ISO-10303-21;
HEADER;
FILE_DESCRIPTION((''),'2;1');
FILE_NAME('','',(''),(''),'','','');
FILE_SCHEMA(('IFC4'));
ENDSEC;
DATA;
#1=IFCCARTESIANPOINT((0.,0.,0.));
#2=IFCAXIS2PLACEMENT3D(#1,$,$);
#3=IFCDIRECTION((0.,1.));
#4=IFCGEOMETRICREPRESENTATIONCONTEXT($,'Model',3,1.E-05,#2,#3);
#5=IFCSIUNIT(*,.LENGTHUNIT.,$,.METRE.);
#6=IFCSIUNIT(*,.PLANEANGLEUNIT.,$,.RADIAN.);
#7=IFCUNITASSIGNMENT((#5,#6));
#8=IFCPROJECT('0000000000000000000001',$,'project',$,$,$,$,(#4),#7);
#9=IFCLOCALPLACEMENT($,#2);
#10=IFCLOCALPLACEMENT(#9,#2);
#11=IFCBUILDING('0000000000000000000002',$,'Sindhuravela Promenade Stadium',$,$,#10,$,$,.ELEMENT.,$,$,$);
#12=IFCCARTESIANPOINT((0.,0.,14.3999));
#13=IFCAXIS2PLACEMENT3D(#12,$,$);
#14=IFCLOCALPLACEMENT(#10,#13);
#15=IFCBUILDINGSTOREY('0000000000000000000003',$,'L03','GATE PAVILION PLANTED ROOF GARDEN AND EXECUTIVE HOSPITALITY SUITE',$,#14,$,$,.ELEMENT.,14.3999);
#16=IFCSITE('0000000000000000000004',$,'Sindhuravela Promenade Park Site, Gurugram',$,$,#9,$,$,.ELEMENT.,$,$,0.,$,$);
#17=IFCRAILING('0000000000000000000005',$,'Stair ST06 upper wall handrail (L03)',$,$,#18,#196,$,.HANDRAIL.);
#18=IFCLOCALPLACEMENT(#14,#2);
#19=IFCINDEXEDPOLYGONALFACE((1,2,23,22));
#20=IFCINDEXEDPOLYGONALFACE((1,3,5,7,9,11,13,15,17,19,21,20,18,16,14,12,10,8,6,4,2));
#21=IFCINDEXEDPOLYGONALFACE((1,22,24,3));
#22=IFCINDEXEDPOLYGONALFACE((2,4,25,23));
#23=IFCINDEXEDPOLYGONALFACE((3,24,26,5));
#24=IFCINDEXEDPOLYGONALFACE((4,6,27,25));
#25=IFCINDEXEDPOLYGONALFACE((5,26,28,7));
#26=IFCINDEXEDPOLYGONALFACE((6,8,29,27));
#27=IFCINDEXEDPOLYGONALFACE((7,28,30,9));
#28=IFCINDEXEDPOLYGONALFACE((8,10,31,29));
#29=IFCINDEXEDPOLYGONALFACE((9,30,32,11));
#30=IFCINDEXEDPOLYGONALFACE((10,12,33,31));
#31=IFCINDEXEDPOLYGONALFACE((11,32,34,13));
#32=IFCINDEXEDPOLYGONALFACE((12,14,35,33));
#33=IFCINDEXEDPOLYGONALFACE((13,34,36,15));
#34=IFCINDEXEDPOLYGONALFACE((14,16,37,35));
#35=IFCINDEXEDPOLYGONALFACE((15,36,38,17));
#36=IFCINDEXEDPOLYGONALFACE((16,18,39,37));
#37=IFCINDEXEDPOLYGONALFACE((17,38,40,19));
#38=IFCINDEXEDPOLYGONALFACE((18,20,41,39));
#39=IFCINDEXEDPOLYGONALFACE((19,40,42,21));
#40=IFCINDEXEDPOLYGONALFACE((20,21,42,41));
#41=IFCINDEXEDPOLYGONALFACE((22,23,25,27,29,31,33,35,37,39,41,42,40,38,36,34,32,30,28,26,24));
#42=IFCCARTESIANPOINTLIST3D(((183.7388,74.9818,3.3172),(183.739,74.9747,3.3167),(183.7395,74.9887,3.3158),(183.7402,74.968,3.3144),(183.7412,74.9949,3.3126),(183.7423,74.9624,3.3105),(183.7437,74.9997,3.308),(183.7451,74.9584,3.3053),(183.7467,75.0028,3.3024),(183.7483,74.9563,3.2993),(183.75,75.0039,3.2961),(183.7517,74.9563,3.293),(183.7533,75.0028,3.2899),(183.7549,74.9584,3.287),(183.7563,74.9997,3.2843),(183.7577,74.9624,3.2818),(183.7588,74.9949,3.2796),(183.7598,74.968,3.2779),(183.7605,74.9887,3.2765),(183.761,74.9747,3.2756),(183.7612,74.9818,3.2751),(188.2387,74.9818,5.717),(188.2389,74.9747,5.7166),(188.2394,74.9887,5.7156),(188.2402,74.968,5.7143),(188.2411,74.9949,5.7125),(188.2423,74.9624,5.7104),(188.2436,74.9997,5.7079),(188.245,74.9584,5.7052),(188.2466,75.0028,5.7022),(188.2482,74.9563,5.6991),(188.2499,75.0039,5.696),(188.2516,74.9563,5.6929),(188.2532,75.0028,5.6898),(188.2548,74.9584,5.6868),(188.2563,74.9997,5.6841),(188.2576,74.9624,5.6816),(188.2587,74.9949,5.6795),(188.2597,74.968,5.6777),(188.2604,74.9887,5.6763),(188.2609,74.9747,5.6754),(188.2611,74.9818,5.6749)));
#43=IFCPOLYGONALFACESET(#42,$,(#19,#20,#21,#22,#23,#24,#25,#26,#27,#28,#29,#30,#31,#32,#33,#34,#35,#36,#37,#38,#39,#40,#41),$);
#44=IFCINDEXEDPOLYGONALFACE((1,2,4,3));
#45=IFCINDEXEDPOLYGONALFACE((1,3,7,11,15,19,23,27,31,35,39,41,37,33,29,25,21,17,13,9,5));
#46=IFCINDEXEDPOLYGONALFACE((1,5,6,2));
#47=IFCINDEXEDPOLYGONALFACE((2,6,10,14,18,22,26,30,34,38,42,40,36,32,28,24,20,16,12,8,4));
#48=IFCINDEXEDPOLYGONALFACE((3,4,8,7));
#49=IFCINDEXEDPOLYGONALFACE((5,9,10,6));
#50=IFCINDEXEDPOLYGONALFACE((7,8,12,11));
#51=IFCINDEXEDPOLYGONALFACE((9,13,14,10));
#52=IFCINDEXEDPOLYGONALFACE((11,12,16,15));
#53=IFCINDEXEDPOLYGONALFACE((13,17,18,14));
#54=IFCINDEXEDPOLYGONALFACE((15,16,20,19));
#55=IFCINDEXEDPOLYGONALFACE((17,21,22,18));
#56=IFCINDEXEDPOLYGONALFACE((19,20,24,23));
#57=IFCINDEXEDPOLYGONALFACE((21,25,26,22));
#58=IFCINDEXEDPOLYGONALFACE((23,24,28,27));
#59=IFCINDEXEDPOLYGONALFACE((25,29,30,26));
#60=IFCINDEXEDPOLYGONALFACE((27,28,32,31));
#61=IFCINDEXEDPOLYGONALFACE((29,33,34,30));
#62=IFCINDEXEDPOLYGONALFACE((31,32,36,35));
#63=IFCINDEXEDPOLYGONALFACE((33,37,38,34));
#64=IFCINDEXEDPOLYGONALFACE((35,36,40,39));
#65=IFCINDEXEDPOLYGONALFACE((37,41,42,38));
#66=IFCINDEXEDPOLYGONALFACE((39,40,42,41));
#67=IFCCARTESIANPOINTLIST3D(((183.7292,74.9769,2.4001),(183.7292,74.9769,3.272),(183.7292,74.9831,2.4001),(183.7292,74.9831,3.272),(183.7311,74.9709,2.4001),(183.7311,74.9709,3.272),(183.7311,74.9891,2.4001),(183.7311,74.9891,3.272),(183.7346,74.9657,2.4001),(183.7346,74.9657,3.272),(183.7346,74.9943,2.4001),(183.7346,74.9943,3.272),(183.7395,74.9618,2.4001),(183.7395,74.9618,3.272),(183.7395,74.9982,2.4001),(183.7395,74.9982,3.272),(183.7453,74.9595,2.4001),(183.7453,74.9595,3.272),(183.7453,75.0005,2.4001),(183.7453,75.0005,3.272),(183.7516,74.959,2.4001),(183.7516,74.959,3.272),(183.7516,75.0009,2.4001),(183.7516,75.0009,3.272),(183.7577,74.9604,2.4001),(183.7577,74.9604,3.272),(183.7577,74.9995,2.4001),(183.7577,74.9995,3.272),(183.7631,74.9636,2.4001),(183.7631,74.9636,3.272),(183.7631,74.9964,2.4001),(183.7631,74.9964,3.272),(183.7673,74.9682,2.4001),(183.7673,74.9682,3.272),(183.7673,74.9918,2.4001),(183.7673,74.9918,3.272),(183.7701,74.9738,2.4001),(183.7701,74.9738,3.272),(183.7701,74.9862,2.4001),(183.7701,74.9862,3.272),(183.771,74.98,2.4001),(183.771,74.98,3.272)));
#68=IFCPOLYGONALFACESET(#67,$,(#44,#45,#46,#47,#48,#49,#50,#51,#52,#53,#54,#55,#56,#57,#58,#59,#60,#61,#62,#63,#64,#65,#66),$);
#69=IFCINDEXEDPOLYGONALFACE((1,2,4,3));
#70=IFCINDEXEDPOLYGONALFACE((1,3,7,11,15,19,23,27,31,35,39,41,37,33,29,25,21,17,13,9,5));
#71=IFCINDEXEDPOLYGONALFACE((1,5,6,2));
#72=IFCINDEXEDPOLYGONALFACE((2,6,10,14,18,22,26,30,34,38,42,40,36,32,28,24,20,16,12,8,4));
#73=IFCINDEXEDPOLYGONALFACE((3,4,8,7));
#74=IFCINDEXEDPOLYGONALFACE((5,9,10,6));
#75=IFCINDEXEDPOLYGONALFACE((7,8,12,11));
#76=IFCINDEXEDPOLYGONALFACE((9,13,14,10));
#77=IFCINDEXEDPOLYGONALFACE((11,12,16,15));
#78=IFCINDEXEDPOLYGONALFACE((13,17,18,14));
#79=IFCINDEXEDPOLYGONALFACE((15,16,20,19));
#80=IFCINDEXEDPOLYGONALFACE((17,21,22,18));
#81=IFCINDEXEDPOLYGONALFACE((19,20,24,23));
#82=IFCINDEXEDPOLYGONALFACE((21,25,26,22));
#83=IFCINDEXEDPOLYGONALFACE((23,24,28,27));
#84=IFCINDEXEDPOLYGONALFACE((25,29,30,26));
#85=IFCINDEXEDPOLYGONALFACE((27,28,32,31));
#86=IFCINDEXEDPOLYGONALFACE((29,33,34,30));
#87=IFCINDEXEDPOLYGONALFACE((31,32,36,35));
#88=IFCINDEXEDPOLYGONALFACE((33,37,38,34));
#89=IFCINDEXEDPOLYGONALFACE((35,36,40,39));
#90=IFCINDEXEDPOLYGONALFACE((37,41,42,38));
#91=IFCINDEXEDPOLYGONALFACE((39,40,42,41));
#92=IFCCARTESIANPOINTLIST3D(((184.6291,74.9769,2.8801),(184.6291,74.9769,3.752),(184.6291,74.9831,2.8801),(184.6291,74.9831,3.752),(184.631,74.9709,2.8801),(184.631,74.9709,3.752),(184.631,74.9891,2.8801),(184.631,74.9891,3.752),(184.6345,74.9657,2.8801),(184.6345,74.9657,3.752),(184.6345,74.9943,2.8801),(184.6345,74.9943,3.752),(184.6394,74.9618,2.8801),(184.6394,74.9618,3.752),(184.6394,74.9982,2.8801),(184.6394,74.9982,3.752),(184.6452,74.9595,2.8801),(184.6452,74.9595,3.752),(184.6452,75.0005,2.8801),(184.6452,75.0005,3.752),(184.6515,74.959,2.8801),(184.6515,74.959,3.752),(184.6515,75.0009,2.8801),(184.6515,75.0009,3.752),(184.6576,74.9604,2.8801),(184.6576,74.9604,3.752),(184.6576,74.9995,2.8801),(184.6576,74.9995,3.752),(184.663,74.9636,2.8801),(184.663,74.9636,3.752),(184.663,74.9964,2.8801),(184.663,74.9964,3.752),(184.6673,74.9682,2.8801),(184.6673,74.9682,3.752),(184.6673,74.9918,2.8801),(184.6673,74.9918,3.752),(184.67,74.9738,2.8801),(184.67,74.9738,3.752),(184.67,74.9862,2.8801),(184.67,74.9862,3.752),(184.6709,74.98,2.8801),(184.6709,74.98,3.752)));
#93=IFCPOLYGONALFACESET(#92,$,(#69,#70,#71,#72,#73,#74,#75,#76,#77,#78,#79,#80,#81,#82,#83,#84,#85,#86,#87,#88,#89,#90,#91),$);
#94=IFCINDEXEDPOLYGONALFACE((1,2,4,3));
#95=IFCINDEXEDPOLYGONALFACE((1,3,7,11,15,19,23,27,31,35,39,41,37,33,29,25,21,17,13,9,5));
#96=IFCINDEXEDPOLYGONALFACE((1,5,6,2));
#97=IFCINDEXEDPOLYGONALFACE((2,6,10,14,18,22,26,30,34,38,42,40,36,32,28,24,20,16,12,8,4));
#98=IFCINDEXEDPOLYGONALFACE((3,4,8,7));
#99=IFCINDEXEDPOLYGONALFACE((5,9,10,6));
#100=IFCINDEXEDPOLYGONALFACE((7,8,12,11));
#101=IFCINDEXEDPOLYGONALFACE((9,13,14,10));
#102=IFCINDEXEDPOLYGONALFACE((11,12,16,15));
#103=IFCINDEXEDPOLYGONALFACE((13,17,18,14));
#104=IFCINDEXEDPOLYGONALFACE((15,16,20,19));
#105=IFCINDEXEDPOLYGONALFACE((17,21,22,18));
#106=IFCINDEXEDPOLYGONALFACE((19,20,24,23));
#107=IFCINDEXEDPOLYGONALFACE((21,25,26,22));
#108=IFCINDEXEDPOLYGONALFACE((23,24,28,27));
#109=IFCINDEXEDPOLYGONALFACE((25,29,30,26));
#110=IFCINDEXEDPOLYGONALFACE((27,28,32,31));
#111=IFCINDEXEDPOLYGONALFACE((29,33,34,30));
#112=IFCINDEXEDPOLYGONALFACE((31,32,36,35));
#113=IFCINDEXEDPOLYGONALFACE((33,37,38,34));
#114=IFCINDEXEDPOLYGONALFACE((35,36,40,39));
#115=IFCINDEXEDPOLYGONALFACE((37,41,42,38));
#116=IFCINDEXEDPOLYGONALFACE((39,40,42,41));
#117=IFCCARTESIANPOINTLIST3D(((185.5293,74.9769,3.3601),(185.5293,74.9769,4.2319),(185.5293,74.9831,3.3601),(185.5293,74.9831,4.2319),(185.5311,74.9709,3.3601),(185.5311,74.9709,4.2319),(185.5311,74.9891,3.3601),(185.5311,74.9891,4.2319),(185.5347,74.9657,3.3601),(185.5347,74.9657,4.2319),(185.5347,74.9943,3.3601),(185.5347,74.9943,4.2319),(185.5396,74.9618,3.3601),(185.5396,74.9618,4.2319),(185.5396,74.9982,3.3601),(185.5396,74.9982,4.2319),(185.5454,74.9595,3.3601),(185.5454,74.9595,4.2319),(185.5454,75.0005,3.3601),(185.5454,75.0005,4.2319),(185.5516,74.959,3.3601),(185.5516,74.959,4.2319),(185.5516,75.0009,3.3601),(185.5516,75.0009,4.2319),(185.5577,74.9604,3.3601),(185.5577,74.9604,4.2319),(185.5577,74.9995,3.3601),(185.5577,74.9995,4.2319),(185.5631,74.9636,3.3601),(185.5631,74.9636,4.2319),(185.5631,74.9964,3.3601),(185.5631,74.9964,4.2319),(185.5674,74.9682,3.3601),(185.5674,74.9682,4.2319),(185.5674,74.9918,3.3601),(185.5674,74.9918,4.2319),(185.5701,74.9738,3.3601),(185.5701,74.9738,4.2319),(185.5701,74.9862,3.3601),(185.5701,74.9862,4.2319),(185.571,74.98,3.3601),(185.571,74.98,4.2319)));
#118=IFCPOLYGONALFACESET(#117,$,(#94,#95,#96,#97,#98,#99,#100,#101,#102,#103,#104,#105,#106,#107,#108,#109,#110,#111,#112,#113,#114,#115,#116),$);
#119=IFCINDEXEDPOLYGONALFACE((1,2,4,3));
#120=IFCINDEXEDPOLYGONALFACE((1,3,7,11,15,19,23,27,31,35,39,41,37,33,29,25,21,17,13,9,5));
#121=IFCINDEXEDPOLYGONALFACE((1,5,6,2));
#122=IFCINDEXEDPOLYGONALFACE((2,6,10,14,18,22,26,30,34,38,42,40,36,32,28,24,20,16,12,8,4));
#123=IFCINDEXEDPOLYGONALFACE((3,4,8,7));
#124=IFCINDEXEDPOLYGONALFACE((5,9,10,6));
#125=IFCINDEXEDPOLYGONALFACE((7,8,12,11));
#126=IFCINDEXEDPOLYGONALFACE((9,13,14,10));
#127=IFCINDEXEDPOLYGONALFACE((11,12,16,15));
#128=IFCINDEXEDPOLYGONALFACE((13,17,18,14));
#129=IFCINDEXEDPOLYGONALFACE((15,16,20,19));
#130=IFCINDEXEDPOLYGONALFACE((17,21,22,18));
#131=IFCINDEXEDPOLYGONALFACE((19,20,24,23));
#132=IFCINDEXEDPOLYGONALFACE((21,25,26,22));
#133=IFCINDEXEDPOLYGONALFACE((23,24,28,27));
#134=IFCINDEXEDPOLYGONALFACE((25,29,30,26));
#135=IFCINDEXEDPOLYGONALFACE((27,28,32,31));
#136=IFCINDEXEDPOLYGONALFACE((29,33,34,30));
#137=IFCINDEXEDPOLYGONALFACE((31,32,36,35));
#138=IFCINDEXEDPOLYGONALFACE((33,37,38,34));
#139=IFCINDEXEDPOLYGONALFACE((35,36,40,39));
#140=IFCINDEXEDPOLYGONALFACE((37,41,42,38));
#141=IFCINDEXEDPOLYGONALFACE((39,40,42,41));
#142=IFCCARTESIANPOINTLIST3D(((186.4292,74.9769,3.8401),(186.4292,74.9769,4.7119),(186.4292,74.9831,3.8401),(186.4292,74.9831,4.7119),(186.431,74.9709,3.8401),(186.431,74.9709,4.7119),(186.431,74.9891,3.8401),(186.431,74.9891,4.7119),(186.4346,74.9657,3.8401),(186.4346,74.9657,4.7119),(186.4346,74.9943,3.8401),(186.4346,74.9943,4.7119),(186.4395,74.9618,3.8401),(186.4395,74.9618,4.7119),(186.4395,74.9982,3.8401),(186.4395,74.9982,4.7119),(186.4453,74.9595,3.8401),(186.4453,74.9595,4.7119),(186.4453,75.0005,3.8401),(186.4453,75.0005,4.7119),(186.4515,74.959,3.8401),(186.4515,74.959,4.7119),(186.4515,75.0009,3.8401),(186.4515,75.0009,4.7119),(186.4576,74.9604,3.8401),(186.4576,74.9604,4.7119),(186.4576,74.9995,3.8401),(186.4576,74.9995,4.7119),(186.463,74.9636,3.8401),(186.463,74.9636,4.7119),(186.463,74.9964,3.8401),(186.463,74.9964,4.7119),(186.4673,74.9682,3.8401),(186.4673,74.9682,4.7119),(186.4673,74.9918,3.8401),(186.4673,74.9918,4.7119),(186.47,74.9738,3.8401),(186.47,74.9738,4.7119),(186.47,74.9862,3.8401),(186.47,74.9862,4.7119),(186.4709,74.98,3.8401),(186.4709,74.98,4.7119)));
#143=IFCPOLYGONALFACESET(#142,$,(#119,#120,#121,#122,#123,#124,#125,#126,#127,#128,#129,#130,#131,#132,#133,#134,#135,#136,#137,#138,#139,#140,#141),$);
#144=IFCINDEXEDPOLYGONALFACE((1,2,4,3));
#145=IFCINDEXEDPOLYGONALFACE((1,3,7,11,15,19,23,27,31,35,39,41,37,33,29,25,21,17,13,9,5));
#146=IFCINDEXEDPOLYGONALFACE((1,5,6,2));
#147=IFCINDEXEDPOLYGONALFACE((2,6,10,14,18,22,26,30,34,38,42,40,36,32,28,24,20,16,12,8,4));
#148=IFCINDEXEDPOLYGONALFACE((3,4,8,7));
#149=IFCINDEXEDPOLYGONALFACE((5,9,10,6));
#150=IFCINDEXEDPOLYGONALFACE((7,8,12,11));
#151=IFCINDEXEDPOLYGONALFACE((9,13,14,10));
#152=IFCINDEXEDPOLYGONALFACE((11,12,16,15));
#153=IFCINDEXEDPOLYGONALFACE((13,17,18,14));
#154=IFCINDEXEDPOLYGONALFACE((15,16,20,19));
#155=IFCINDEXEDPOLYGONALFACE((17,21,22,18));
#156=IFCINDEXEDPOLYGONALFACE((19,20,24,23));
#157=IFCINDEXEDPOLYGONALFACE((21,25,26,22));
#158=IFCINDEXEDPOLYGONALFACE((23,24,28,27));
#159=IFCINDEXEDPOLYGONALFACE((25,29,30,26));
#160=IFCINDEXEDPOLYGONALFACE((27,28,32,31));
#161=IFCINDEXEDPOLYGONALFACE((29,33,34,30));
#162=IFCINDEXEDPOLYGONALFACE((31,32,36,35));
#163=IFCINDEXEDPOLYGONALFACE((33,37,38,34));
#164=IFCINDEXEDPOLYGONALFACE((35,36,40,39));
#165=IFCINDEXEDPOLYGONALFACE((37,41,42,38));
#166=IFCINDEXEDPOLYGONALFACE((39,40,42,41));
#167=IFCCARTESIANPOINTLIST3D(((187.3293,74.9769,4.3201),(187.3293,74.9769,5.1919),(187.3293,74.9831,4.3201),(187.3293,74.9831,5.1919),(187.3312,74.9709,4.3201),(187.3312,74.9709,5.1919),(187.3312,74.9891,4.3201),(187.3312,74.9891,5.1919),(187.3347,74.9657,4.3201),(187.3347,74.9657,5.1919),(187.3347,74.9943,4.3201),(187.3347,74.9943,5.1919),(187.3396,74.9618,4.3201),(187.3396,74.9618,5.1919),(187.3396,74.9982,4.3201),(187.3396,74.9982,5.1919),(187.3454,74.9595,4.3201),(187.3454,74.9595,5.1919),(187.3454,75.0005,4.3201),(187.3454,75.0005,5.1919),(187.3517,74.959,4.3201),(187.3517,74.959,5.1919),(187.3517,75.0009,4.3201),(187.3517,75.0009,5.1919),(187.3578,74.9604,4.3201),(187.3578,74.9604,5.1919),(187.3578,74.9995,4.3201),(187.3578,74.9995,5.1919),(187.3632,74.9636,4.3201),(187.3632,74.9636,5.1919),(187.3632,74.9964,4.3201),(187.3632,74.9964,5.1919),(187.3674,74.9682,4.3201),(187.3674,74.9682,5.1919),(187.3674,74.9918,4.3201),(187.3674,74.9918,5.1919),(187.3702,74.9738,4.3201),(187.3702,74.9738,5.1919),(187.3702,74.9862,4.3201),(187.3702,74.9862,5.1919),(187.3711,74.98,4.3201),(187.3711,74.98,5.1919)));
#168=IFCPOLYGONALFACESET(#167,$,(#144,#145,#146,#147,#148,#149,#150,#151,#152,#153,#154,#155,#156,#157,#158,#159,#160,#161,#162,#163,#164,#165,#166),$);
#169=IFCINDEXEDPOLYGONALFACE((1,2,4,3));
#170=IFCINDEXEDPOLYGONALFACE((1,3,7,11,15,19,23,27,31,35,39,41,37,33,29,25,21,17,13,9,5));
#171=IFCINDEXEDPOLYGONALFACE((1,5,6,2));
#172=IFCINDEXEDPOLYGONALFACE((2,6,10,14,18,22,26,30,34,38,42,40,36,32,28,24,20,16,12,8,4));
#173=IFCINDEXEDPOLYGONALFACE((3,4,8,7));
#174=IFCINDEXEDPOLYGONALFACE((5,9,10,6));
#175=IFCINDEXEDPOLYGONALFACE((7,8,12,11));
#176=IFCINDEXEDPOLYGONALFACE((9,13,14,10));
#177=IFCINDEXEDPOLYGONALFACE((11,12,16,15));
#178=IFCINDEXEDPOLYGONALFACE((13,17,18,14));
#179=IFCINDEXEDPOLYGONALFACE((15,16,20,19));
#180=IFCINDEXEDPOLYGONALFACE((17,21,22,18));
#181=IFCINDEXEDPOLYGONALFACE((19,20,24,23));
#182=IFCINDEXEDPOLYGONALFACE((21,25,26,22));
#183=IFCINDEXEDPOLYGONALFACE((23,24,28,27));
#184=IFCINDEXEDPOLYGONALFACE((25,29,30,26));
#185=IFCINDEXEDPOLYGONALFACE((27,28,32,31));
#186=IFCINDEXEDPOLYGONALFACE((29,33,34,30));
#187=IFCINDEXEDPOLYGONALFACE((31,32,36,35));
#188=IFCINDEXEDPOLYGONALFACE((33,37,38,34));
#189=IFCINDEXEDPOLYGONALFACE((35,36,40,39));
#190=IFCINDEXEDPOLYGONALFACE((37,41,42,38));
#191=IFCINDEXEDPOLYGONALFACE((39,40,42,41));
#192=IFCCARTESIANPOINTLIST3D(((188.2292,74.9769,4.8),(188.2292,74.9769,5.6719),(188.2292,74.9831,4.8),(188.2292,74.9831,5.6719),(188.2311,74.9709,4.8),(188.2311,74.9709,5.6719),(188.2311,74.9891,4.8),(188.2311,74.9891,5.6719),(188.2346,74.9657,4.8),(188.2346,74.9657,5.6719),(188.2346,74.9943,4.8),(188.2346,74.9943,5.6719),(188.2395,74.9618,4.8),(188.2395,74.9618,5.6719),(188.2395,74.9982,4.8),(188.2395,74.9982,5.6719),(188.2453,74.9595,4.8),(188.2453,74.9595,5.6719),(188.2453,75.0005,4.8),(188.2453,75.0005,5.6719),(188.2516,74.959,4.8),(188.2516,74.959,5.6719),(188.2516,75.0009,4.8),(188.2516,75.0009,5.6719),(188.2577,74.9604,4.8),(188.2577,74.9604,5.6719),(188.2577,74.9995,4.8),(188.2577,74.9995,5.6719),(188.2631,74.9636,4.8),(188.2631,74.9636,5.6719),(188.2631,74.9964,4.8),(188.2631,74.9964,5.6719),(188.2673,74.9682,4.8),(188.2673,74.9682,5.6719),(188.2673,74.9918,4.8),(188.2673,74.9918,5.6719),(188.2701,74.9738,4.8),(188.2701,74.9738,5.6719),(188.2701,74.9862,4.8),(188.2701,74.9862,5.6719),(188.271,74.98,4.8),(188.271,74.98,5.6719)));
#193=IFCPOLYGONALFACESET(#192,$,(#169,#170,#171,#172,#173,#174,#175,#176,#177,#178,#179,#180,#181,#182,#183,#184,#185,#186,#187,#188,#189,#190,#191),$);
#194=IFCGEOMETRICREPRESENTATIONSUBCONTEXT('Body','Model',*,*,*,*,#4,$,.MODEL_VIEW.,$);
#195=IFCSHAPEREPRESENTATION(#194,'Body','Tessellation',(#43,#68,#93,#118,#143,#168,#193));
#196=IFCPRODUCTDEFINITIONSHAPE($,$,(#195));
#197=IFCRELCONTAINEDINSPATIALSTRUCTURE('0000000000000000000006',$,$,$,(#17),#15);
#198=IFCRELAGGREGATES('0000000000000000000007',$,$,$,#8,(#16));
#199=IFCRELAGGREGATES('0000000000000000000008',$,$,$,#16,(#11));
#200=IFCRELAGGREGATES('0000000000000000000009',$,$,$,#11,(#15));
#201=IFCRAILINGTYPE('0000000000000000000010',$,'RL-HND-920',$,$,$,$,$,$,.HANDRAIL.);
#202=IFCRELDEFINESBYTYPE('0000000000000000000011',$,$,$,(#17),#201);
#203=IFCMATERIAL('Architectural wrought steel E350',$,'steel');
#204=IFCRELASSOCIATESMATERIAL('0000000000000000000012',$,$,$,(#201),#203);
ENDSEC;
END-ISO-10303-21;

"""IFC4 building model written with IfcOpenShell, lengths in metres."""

from ifc_helpers import new_model, si_unit, direction, frame, origin, origin_2d, place, context, subcontext, project, spatial, circle, extrude, material, type_object, element, save


model = new_model("IFC4")

# Units and contexts
model_context = context("Model", 3, precision=1e-05, world=origin(), true_north=direction((0.0, 1.0)))
body_context = subcontext(model_context, "Body", "Model", "MODEL_VIEW")
ifc_project = project(units=[si_unit("LENGTHUNIT", "METRE"), si_unit("PLANEANGLEUNIT", "RADIAN")], contexts=[model_context])

# Site, building, storey
site_placement = place(None, origin())
site = spatial("IfcSite", under=ifc_project, at=site_placement, Name="Sindhuravela Promenade Park Site, Gurugram", CompositionType="ELEMENT", RefElevation=0.0)
building_placement = place(site_placement, origin())
building = spatial("IfcBuilding", under=site, at=building_placement, Name="Sindhuravela Promenade Stadium", CompositionType="ELEMENT")
storey_placement = place(building_placement, frame((0.0, 0.0, 14.3999)))
storey = spatial("IfcBuildingStorey", under=building, at=storey_placement, Name="L03", Description="GATE PAVILION PLANTED ROOF GARDEN AND EXECUTIVE HOSPITALITY SUITE", CompositionType="ELEMENT", Elevation=14.3999)

# Shared definitions
ifc_material_1 = material(Name="Architectural wrought steel E350", Category="steel")

# Railing
railing_type_1 = type_object("IfcRailingType", Name="RL-HND-920", PredefinedType="HANDRAIL", material=ifc_material_1)
railing_1_placement = place(storey_placement, frame((183.75, 74.98, 2.4001)))
element("IfcRailing", 1, at=railing_1_placement, inside=storey, type_object=railing_type_1, Name="Stair ST06 upper wall handrail (L03)", PredefinedType="HANDRAIL", context=body_context, shape_type="SweptSolid", body=[
    extrude(circle(Radius=0.0239, at=origin_2d()), frame((0.0, 0.0, 0.896), z_axis=(0.882361, 0.0, 0.470573), x_axis=(0.0, 1.0, 0.0)), (0.0, 0.0, 1.0), 5.0999),
    extrude(circle(Radius=0.021, at=origin_2d()), origin(), (0.0, 0.0, 1.0), 0.8718),
    extrude(circle(Radius=0.021, at=origin_2d()), frame((0.8999, 0.0, 0.48)), (0.0, 0.0, 1.0), 0.8718),
    extrude(circle(Radius=0.021, at=origin_2d()), frame((1.8, 0.0, 0.96)), (0.0, 0.0, 1.0), 0.8718),
    extrude(circle(Radius=0.021, at=origin_2d()), frame((2.7, 0.0, 1.4399)), (0.0, 0.0, 1.0), 0.8718),
    extrude(circle(Radius=0.021, at=origin_2d()), frame((3.6001, 0.0, 1.9199)), (0.0, 0.0, 1.0), 0.8718),
    extrude(circle(Radius=0.021, at=origin_2d()), frame((4.5, 0.0, 2.3999)), (0.0, 0.0, 1.0), 0.8718),
])

save(model, "model.ifc")
